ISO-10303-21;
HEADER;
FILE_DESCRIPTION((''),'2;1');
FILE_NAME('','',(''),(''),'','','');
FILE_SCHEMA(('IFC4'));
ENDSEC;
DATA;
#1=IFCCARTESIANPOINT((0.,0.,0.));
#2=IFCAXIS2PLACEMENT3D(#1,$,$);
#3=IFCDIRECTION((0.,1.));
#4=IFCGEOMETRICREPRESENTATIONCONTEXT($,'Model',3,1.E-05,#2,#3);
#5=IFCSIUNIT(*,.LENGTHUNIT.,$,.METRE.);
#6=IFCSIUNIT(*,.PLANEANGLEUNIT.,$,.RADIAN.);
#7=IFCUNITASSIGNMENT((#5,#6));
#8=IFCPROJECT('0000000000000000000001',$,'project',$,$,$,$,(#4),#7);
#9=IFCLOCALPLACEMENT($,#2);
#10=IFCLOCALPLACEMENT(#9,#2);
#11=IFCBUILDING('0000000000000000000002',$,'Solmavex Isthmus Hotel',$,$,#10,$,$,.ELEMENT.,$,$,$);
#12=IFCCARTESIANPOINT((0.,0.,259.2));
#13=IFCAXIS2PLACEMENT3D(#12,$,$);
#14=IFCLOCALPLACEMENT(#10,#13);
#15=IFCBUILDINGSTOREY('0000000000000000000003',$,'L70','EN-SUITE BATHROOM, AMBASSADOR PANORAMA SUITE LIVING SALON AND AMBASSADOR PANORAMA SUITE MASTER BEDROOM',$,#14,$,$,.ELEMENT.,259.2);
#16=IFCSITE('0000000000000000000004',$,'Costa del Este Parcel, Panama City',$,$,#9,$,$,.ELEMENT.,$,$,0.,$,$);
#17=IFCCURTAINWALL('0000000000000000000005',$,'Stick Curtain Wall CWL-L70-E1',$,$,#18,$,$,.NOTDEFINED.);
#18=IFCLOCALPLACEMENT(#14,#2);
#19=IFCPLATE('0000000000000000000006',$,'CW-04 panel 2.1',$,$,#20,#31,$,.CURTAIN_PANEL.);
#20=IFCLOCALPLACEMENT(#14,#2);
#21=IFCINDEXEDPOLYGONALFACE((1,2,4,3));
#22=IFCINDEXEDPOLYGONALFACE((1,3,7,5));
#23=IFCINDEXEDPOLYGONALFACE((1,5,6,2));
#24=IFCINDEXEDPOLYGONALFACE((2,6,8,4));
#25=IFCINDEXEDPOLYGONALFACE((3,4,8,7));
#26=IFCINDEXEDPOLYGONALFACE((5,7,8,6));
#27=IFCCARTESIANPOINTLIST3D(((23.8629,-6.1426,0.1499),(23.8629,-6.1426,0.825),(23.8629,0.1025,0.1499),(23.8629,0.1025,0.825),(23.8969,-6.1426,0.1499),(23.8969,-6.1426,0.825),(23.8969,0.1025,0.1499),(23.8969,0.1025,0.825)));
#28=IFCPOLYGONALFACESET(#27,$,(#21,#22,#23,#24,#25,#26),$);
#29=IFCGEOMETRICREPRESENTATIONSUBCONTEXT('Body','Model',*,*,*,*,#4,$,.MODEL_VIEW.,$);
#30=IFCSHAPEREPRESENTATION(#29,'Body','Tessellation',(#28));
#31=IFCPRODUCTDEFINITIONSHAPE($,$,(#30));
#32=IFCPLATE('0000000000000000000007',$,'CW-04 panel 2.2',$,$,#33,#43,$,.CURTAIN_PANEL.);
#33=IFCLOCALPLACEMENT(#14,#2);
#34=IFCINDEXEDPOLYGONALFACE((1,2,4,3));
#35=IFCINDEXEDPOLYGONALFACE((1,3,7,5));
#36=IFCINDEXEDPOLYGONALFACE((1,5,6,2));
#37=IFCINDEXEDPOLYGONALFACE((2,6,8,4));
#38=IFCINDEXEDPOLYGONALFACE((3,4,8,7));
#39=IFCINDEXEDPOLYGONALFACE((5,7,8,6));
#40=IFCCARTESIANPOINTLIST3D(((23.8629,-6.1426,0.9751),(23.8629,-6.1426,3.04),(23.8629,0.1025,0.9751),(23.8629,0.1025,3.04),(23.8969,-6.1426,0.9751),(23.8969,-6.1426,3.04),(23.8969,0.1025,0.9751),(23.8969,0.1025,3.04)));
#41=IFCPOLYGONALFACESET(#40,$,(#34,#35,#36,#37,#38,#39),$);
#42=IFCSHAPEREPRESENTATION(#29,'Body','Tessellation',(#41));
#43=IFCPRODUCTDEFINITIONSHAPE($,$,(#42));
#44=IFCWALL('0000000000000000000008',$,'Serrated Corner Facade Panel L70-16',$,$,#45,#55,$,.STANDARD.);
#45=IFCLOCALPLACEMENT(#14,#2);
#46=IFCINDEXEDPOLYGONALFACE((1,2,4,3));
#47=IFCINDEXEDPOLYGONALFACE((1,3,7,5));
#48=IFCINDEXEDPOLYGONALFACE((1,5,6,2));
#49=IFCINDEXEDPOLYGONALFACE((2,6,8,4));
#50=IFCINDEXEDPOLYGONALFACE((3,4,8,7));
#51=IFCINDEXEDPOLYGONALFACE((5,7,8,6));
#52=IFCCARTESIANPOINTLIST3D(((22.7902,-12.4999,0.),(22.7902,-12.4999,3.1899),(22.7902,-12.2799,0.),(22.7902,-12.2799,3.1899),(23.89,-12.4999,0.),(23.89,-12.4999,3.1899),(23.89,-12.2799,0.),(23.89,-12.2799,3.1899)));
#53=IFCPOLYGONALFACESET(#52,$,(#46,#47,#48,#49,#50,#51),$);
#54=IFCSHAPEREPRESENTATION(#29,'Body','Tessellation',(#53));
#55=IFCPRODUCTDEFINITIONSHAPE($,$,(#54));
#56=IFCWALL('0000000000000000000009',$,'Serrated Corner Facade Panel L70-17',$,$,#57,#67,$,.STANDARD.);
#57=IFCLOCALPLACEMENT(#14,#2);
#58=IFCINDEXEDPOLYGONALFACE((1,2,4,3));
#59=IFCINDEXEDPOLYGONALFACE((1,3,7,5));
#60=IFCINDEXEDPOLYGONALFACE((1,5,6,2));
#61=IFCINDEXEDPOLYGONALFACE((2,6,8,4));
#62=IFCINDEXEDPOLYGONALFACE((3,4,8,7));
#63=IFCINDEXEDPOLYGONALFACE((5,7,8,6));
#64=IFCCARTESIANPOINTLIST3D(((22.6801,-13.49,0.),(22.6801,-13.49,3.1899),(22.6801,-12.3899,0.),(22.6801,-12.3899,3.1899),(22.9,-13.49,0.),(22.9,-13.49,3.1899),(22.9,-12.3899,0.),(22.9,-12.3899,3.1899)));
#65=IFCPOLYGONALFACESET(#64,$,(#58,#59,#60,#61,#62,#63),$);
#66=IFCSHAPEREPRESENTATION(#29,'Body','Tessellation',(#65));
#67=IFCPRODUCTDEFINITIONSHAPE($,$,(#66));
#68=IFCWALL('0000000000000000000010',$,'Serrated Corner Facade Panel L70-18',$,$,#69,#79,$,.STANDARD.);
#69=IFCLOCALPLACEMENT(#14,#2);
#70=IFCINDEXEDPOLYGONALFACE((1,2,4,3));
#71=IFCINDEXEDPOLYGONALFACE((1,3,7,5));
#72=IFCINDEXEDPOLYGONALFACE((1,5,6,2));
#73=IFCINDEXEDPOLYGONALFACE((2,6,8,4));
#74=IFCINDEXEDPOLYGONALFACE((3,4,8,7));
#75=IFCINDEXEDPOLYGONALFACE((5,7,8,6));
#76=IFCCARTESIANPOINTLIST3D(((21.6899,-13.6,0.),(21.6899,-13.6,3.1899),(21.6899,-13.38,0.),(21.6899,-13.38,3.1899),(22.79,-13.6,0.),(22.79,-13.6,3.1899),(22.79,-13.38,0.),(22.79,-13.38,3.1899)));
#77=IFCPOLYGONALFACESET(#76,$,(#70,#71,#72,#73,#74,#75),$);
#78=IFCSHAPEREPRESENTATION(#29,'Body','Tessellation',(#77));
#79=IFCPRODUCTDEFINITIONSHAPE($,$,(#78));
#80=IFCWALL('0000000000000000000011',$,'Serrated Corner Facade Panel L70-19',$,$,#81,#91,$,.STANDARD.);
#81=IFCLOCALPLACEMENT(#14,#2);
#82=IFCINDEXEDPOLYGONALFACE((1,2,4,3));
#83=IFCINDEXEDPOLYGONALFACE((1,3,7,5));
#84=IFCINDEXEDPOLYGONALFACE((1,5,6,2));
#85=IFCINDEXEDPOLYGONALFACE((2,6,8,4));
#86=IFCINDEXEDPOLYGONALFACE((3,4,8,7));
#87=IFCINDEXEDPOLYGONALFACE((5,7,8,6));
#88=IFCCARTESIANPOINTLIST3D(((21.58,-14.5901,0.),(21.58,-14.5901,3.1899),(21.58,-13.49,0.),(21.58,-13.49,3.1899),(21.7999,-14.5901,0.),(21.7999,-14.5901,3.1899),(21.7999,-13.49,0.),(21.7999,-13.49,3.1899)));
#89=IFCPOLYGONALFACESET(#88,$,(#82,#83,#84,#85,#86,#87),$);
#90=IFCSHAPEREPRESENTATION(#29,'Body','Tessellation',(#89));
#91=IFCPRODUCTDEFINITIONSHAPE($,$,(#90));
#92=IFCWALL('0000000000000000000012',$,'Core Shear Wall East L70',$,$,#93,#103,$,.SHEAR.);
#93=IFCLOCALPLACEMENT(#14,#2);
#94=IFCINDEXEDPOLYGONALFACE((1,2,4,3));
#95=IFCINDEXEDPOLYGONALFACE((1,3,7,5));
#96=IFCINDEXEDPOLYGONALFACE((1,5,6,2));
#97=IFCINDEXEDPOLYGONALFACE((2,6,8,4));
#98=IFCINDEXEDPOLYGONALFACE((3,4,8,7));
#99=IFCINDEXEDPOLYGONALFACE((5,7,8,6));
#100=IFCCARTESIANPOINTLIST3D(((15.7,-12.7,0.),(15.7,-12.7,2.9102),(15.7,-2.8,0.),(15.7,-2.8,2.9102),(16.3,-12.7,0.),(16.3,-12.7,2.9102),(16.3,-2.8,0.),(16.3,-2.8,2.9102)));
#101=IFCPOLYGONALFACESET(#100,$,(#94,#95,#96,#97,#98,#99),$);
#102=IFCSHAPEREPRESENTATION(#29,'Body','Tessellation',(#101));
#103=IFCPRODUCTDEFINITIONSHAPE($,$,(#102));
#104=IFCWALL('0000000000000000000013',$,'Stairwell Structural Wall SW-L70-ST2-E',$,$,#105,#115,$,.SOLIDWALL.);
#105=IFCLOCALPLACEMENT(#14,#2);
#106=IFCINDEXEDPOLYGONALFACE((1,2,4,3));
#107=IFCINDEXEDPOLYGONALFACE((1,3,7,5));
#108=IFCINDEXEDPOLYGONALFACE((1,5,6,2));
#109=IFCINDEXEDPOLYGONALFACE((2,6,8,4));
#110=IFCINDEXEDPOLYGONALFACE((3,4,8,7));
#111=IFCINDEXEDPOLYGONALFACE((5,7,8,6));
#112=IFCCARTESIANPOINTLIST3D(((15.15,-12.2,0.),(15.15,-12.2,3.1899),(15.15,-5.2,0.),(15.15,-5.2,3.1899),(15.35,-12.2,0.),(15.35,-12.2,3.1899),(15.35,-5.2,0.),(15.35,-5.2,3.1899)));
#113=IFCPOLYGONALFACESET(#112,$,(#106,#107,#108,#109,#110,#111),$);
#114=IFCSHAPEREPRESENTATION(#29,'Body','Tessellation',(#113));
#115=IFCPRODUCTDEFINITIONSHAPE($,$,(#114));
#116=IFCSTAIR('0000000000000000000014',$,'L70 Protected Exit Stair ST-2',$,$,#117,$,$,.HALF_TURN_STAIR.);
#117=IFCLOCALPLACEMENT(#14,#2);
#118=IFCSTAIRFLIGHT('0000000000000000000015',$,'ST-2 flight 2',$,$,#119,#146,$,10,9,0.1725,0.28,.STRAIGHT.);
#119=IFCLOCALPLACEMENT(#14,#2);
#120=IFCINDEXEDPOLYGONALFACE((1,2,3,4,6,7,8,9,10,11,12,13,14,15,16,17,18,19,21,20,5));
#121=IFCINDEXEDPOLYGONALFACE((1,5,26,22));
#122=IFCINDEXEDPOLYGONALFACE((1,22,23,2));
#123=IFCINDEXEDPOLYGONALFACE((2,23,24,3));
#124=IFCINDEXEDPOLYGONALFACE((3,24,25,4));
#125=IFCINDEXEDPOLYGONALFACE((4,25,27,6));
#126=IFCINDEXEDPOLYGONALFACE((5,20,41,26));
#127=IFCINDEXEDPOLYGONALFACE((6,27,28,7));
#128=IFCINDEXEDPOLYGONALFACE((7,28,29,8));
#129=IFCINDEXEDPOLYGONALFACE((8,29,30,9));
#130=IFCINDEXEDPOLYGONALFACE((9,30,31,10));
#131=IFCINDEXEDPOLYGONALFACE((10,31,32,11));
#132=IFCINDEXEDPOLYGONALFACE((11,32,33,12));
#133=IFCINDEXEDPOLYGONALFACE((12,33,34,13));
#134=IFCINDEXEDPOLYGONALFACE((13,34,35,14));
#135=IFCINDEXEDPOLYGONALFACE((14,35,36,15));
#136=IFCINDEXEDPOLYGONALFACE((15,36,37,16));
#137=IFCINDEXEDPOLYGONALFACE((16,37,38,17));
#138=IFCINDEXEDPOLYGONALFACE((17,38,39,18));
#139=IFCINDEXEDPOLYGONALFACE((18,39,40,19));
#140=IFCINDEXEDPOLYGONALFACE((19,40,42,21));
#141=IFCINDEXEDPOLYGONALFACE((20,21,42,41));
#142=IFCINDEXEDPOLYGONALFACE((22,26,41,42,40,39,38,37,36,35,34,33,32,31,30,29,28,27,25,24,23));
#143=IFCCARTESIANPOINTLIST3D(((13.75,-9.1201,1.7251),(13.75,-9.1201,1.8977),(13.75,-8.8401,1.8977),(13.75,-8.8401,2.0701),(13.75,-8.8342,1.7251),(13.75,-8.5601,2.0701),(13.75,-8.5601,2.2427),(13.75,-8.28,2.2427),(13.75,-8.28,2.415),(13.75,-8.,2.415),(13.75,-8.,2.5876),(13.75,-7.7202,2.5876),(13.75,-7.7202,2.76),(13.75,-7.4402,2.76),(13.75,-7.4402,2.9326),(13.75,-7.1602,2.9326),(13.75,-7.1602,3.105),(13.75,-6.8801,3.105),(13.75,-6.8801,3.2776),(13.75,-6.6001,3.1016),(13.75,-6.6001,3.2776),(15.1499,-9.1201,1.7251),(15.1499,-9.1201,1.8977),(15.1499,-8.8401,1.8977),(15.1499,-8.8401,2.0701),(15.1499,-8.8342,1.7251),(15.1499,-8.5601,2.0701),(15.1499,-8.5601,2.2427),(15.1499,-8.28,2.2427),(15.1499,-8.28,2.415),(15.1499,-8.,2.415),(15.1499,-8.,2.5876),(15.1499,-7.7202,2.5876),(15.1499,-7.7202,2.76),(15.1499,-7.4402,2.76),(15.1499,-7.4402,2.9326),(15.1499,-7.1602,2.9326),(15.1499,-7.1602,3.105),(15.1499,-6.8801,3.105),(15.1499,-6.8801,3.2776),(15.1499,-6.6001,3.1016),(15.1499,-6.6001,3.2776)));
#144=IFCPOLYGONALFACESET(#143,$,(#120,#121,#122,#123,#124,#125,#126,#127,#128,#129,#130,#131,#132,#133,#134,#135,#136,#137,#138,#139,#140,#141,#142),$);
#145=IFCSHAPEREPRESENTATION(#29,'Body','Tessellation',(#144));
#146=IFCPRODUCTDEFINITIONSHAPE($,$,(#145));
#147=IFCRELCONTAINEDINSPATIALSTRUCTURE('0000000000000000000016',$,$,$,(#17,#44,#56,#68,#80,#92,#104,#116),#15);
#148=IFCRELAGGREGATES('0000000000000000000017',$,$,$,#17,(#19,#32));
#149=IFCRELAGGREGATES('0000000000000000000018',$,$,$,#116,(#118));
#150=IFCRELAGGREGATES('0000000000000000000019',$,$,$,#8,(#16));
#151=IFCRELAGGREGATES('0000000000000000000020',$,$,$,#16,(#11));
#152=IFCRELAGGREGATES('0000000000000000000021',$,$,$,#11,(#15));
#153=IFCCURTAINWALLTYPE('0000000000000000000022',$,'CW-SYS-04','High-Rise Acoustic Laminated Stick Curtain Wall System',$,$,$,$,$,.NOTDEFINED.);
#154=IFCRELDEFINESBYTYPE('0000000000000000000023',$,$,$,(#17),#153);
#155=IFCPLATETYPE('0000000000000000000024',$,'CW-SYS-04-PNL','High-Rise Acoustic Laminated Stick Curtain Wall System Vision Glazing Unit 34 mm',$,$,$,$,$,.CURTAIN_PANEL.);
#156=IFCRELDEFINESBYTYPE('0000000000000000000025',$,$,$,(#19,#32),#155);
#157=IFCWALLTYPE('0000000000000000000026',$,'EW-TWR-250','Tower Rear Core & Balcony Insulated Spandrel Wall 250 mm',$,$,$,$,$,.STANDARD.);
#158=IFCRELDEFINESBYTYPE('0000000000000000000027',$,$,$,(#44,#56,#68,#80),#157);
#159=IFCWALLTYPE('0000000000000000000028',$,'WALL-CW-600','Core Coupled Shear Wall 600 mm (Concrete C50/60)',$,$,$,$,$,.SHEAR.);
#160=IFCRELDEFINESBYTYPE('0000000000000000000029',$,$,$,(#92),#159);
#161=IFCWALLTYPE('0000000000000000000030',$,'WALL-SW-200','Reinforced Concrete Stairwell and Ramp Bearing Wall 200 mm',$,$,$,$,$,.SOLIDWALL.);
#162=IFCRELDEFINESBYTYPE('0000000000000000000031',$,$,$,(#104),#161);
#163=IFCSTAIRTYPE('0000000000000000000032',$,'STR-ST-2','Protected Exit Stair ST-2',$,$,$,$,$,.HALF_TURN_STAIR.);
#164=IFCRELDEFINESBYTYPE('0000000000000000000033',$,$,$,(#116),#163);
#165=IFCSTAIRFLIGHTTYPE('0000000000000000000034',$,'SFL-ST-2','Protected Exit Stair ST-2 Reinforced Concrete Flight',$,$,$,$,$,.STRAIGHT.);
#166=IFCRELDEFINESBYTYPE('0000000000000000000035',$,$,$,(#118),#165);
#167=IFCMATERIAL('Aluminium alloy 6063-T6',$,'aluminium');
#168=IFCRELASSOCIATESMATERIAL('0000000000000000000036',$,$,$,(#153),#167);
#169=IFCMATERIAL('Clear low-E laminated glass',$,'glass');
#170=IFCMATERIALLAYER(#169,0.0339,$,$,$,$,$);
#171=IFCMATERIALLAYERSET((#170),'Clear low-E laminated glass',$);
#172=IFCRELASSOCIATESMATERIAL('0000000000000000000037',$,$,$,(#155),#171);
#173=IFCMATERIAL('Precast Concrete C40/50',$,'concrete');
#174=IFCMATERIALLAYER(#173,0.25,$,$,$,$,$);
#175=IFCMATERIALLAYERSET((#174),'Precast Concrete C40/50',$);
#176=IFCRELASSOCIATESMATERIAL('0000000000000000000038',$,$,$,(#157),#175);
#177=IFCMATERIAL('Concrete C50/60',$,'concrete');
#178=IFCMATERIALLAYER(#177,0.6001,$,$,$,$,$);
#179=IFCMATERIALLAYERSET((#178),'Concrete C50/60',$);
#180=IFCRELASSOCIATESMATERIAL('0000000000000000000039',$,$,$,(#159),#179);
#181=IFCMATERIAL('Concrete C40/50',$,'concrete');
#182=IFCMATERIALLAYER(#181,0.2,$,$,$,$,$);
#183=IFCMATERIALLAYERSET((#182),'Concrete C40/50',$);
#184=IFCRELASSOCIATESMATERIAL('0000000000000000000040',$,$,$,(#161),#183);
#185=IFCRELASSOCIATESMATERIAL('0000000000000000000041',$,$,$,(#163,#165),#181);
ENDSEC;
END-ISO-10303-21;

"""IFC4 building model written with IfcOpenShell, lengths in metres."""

from ifc_helpers import new_model, si_unit, direction, frame, frame_2d, origin, origin_2d, place, context, subcontext, project, spatial, polyline, rectangle, outline, extrude, material, layer, layer_set, type_object, element, aggregate, save


model = new_model("IFC4")

# Units and contexts
model_context = context("Model", 3, precision=1e-05, world=origin(), true_north=direction((0.0, 1.0)))
body_context = subcontext(model_context, "Body", "Model", "MODEL_VIEW")
ifc_project = project(units=[si_unit("LENGTHUNIT", "METRE"), si_unit("PLANEANGLEUNIT", "RADIAN")], contexts=[model_context])

# Site, building, storey
site_placement = place(None, origin())
site = spatial("IfcSite", under=ifc_project, at=site_placement, Name="Costa del Este Parcel, Panama City", CompositionType="ELEMENT", RefElevation=0.0)
building_placement = place(site_placement, origin())
building = spatial("IfcBuilding", under=site, at=building_placement, Name="Solmavex Isthmus Hotel", CompositionType="ELEMENT")
storey_placement = place(building_placement, frame((0.0, 0.0, 259.2)))
storey = spatial("IfcBuildingStorey", under=building, at=storey_placement, Name="L70", Description="EN-SUITE BATHROOM, AMBASSADOR PANORAMA SUITE LIVING SALON AND AMBASSADOR PANORAMA SUITE MASTER BEDROOM", CompositionType="ELEMENT", Elevation=259.2)

# Shared definitions
ifc_material_1 = material(Name="Concrete C50/60", Category="concrete")

# Curtain wall, plates
ifc_material_2 = material(Name="Aluminium alloy 6063-T6", Category="aluminium")
curtain_wall_type = type_object("IfcCurtainWallType", Name="CW-SYS-04", Description="High-Rise Acoustic Laminated Stick Curtain Wall System", PredefinedType="NOTDEFINED", material=ifc_material_2)
curtain_wall_placement = place(storey_placement, origin())
curtain_wall = element("IfcCurtainWall", 1, at=curtain_wall_placement, inside=storey, type_object=curtain_wall_type, Name="Stick Curtain Wall CWL-L70-E1", PredefinedType="NOTDEFINED")
ifc_material_3 = material(Name="Clear low-E laminated glass", Category="glass")
ifc_layer_1 = layer(ifc_material_3, 0.0339)
ifc_layer_set_1 = layer_set([ifc_layer_1], Name="Clear low-E laminated glass")
plate_type = type_object("IfcPlateType", Name="CW-SYS-04-PNL", Description="High-Rise Acoustic Laminated Stick Curtain Wall System Vision Glazing Unit 34 mm", PredefinedType="CURTAIN_PANEL", material=ifc_layer_set_1)
plate_1_placement = place(storey_placement, frame((23.8799, -3.02, 0.1499), z_axis=(0.0, 0.0, 1.0), x_axis=(0.0, 1.0, 0.0)))
plate_1 = element("IfcPlate", 2, at=plate_1_placement, type_object=plate_type, Name="CW-04 panel 2.1", PredefinedType="CURTAIN_PANEL", context=body_context, shape_type="SweptSolid", body=[
    extrude(rectangle(XDim=6.2451, YDim=0.0339, at=origin_2d()), origin(), (0.0, 0.0, 1.0), 0.675),
])
plate_2_placement = place(storey_placement, frame((23.8799, -3.02, 0.9751), z_axis=(0.0, 0.0, 1.0), x_axis=(0.0, 1.0, 0.0)))
plate_2 = element("IfcPlate", 3, at=plate_2_placement, type_object=plate_type, Name="CW-04 panel 2.2", PredefinedType="CURTAIN_PANEL", context=body_context, shape_type="SweptSolid", body=[
    extrude(rectangle(XDim=6.2451, YDim=0.0339, at=origin_2d()), origin(), (0.0, 0.0, 1.0), 2.0649),
])
aggregate(curtain_wall, [plate_1, plate_2])

# Walls
ifc_material_4 = material(Name="Precast Concrete C40/50", Category="concrete")
ifc_layer_2 = layer(ifc_material_4, 0.25)
ifc_layer_set_2 = layer_set([ifc_layer_2], Name="Precast Concrete C40/50")
wall_type_1 = type_object("IfcWallType", Name="EW-TWR-250", Description="Tower Rear Core & Balcony Insulated Spandrel Wall 250 mm", PredefinedType="STANDARD", material=ifc_layer_set_2)
wall_1_placement = place(storey_placement, frame((23.8899, -12.3899, 0.0), z_axis=(0.0, 0.0, 1.0), x_axis=(-1.0, 0.0, 0.0)))
element("IfcWall", 4, at=wall_1_placement, inside=storey, type_object=wall_type_1, Name="Serrated Corner Facade Panel L70-16", PredefinedType="STANDARD", context=body_context, shape_type="SweptSolid", body=[
    extrude(rectangle(XDim=1.0999, YDim=0.22, at=frame_2d((0.5498, 0.0))), origin(), (0.0, 0.0, 1.0), 3.1899),
])
for number, where, z_axis, x_axis, name in (
    (5, (22.79, -12.3899, 0.0), (0.0, 0.0, 1.0), (0.0, -1.0, 0.0), "Serrated Corner Facade Panel L70-17"),
    (6, (22.79, -13.49, 0.0), (0.0, 0.0, 1.0), (-1.0, 0.0, 0.0), "Serrated Corner Facade Panel L70-18"),
    (7, (21.6899, -13.49, 0.0), (0.0, 0.0, 1.0), (0.0, -1.0, 0.0), "Serrated Corner Facade Panel L70-19"),
):
    element("IfcWall", number, at=place(storey_placement, frame(where, z_axis=z_axis, x_axis=x_axis)), inside=storey, type_object=wall_type_1, Name=name, PredefinedType="STANDARD", context=body_context, shape_type="SweptSolid", body=[
        extrude(rectangle(XDim=1.1001, YDim=0.22, at=frame_2d((0.55, 0.0))), origin(), (0.0, 0.0, 1.0), 3.1899),
    ])
ifc_layer_3 = layer(ifc_material_1, 0.6001)
ifc_layer_set_3 = layer_set([ifc_layer_3], Name="Concrete C50/60")
wall_type_2 = type_object("IfcWallType", Name="WALL-CW-600", Description="Core Coupled Shear Wall 600 mm (Concrete C50/60)", PredefinedType="SHEAR", material=ifc_layer_set_3)
wall_2_placement = place(storey_placement, frame((16.0, -12.7, 0.0), z_axis=(0.0, 0.0, 1.0), x_axis=(0.0, 1.0, 0.0)))
element("IfcWall", 8, at=wall_2_placement, inside=storey, type_object=wall_type_2, Name="Core Shear Wall East L70", PredefinedType="SHEAR", context=body_context, shape_type="SweptSolid", body=[
    extrude(rectangle(XDim=9.8999, YDim=0.6001, at=frame_2d((4.95, 0.0))), origin(), (0.0, 0.0, 1.0), 2.9102),
])
ifc_material_5 = material(Name="Concrete C40/50", Category="concrete")
ifc_layer_4 = layer(ifc_material_5, 0.2)
ifc_layer_set_4 = layer_set([ifc_layer_4], Name="Concrete C40/50")
wall_type_3 = type_object("IfcWallType", Name="WALL-SW-200", Description="Reinforced Concrete Stairwell and Ramp Bearing Wall 200 mm", PredefinedType="SOLIDWALL", material=ifc_layer_set_4)
wall_3_placement = place(storey_placement, frame((15.25, -12.2, 0.0), z_axis=(0.0, 0.0, 1.0), x_axis=(0.0, 1.0, 0.0)))
element("IfcWall", 9, at=wall_3_placement, inside=storey, type_object=wall_type_3, Name="Stairwell Structural Wall SW-L70-ST2-E", PredefinedType="SOLIDWALL", context=body_context, shape_type="SweptSolid", body=[
    extrude(rectangle(XDim=7.0, YDim=0.2, at=frame_2d((3.5, 0.0))), origin(), (0.0, 0.0, 1.0), 3.1899),
])

# Stair, stair flight
stair_type = type_object("IfcStairType", Name="STR-ST-2", Description="Protected Exit Stair ST-2", PredefinedType="HALF_TURN_STAIR", material=ifc_material_5)
stair_placement = place(storey_placement, origin())
stair = element("IfcStair", 10, at=stair_placement, inside=storey, type_object=stair_type, Name="L70 Protected Exit Stair ST-2", PredefinedType="HALF_TURN_STAIR")
stair_flight_type = type_object("IfcStairFlightType", Name="SFL-ST-2", Description="Protected Exit Stair ST-2 Reinforced Concrete Flight", PredefinedType="STRAIGHT", material=ifc_material_5)
stair_flight_placement = place(storey_placement, frame((14.45, -9.1201, 1.7251), z_axis=(0.0, 0.0, 1.0), x_axis=(0.0, 1.0, 0.0)))
stair_flight = element("IfcStairFlight", 11, at=stair_flight_placement, type_object=stair_flight_type, Name="ST-2 flight 2", NumberOfRisers=10, NumberOfTreads=9, PredefinedType="STRAIGHT", RiserHeight=0.1725, TreadLength=0.28, context=body_context, shape_type="SweptSolid", body=[
    extrude(outline(polyline([(0.0, 0.0), (0.0, 0.1726), (0.28, 0.1726), (0.28, 0.345), (0.5601, 0.345), (0.5601, 0.5176), (0.8401, 0.5176), (0.8401, 0.6899), (1.1201, 0.6899), (1.1201, 0.8625), (1.3999, 0.8625), (1.3999, 1.0349), (1.6799, 1.0349), (1.6799, 1.2075), (1.96, 1.2075), (1.96, 1.3799), (2.24, 1.3799), (2.24, 1.5525), (2.52, 1.5525), (2.52, 1.7251), (2.52, 1.3765), (0.2859, 0.0), (0.0, 0.0)])), frame((0.0, 0.7, 0.0), z_axis=(0.0, -1.0, 0.0), x_axis=(1.0, 0.0, 0.0)), (0.0, 0.0, 1.0), 1.3999),
])
aggregate(stair, [stair_flight])

save(model, "model.ifc")
